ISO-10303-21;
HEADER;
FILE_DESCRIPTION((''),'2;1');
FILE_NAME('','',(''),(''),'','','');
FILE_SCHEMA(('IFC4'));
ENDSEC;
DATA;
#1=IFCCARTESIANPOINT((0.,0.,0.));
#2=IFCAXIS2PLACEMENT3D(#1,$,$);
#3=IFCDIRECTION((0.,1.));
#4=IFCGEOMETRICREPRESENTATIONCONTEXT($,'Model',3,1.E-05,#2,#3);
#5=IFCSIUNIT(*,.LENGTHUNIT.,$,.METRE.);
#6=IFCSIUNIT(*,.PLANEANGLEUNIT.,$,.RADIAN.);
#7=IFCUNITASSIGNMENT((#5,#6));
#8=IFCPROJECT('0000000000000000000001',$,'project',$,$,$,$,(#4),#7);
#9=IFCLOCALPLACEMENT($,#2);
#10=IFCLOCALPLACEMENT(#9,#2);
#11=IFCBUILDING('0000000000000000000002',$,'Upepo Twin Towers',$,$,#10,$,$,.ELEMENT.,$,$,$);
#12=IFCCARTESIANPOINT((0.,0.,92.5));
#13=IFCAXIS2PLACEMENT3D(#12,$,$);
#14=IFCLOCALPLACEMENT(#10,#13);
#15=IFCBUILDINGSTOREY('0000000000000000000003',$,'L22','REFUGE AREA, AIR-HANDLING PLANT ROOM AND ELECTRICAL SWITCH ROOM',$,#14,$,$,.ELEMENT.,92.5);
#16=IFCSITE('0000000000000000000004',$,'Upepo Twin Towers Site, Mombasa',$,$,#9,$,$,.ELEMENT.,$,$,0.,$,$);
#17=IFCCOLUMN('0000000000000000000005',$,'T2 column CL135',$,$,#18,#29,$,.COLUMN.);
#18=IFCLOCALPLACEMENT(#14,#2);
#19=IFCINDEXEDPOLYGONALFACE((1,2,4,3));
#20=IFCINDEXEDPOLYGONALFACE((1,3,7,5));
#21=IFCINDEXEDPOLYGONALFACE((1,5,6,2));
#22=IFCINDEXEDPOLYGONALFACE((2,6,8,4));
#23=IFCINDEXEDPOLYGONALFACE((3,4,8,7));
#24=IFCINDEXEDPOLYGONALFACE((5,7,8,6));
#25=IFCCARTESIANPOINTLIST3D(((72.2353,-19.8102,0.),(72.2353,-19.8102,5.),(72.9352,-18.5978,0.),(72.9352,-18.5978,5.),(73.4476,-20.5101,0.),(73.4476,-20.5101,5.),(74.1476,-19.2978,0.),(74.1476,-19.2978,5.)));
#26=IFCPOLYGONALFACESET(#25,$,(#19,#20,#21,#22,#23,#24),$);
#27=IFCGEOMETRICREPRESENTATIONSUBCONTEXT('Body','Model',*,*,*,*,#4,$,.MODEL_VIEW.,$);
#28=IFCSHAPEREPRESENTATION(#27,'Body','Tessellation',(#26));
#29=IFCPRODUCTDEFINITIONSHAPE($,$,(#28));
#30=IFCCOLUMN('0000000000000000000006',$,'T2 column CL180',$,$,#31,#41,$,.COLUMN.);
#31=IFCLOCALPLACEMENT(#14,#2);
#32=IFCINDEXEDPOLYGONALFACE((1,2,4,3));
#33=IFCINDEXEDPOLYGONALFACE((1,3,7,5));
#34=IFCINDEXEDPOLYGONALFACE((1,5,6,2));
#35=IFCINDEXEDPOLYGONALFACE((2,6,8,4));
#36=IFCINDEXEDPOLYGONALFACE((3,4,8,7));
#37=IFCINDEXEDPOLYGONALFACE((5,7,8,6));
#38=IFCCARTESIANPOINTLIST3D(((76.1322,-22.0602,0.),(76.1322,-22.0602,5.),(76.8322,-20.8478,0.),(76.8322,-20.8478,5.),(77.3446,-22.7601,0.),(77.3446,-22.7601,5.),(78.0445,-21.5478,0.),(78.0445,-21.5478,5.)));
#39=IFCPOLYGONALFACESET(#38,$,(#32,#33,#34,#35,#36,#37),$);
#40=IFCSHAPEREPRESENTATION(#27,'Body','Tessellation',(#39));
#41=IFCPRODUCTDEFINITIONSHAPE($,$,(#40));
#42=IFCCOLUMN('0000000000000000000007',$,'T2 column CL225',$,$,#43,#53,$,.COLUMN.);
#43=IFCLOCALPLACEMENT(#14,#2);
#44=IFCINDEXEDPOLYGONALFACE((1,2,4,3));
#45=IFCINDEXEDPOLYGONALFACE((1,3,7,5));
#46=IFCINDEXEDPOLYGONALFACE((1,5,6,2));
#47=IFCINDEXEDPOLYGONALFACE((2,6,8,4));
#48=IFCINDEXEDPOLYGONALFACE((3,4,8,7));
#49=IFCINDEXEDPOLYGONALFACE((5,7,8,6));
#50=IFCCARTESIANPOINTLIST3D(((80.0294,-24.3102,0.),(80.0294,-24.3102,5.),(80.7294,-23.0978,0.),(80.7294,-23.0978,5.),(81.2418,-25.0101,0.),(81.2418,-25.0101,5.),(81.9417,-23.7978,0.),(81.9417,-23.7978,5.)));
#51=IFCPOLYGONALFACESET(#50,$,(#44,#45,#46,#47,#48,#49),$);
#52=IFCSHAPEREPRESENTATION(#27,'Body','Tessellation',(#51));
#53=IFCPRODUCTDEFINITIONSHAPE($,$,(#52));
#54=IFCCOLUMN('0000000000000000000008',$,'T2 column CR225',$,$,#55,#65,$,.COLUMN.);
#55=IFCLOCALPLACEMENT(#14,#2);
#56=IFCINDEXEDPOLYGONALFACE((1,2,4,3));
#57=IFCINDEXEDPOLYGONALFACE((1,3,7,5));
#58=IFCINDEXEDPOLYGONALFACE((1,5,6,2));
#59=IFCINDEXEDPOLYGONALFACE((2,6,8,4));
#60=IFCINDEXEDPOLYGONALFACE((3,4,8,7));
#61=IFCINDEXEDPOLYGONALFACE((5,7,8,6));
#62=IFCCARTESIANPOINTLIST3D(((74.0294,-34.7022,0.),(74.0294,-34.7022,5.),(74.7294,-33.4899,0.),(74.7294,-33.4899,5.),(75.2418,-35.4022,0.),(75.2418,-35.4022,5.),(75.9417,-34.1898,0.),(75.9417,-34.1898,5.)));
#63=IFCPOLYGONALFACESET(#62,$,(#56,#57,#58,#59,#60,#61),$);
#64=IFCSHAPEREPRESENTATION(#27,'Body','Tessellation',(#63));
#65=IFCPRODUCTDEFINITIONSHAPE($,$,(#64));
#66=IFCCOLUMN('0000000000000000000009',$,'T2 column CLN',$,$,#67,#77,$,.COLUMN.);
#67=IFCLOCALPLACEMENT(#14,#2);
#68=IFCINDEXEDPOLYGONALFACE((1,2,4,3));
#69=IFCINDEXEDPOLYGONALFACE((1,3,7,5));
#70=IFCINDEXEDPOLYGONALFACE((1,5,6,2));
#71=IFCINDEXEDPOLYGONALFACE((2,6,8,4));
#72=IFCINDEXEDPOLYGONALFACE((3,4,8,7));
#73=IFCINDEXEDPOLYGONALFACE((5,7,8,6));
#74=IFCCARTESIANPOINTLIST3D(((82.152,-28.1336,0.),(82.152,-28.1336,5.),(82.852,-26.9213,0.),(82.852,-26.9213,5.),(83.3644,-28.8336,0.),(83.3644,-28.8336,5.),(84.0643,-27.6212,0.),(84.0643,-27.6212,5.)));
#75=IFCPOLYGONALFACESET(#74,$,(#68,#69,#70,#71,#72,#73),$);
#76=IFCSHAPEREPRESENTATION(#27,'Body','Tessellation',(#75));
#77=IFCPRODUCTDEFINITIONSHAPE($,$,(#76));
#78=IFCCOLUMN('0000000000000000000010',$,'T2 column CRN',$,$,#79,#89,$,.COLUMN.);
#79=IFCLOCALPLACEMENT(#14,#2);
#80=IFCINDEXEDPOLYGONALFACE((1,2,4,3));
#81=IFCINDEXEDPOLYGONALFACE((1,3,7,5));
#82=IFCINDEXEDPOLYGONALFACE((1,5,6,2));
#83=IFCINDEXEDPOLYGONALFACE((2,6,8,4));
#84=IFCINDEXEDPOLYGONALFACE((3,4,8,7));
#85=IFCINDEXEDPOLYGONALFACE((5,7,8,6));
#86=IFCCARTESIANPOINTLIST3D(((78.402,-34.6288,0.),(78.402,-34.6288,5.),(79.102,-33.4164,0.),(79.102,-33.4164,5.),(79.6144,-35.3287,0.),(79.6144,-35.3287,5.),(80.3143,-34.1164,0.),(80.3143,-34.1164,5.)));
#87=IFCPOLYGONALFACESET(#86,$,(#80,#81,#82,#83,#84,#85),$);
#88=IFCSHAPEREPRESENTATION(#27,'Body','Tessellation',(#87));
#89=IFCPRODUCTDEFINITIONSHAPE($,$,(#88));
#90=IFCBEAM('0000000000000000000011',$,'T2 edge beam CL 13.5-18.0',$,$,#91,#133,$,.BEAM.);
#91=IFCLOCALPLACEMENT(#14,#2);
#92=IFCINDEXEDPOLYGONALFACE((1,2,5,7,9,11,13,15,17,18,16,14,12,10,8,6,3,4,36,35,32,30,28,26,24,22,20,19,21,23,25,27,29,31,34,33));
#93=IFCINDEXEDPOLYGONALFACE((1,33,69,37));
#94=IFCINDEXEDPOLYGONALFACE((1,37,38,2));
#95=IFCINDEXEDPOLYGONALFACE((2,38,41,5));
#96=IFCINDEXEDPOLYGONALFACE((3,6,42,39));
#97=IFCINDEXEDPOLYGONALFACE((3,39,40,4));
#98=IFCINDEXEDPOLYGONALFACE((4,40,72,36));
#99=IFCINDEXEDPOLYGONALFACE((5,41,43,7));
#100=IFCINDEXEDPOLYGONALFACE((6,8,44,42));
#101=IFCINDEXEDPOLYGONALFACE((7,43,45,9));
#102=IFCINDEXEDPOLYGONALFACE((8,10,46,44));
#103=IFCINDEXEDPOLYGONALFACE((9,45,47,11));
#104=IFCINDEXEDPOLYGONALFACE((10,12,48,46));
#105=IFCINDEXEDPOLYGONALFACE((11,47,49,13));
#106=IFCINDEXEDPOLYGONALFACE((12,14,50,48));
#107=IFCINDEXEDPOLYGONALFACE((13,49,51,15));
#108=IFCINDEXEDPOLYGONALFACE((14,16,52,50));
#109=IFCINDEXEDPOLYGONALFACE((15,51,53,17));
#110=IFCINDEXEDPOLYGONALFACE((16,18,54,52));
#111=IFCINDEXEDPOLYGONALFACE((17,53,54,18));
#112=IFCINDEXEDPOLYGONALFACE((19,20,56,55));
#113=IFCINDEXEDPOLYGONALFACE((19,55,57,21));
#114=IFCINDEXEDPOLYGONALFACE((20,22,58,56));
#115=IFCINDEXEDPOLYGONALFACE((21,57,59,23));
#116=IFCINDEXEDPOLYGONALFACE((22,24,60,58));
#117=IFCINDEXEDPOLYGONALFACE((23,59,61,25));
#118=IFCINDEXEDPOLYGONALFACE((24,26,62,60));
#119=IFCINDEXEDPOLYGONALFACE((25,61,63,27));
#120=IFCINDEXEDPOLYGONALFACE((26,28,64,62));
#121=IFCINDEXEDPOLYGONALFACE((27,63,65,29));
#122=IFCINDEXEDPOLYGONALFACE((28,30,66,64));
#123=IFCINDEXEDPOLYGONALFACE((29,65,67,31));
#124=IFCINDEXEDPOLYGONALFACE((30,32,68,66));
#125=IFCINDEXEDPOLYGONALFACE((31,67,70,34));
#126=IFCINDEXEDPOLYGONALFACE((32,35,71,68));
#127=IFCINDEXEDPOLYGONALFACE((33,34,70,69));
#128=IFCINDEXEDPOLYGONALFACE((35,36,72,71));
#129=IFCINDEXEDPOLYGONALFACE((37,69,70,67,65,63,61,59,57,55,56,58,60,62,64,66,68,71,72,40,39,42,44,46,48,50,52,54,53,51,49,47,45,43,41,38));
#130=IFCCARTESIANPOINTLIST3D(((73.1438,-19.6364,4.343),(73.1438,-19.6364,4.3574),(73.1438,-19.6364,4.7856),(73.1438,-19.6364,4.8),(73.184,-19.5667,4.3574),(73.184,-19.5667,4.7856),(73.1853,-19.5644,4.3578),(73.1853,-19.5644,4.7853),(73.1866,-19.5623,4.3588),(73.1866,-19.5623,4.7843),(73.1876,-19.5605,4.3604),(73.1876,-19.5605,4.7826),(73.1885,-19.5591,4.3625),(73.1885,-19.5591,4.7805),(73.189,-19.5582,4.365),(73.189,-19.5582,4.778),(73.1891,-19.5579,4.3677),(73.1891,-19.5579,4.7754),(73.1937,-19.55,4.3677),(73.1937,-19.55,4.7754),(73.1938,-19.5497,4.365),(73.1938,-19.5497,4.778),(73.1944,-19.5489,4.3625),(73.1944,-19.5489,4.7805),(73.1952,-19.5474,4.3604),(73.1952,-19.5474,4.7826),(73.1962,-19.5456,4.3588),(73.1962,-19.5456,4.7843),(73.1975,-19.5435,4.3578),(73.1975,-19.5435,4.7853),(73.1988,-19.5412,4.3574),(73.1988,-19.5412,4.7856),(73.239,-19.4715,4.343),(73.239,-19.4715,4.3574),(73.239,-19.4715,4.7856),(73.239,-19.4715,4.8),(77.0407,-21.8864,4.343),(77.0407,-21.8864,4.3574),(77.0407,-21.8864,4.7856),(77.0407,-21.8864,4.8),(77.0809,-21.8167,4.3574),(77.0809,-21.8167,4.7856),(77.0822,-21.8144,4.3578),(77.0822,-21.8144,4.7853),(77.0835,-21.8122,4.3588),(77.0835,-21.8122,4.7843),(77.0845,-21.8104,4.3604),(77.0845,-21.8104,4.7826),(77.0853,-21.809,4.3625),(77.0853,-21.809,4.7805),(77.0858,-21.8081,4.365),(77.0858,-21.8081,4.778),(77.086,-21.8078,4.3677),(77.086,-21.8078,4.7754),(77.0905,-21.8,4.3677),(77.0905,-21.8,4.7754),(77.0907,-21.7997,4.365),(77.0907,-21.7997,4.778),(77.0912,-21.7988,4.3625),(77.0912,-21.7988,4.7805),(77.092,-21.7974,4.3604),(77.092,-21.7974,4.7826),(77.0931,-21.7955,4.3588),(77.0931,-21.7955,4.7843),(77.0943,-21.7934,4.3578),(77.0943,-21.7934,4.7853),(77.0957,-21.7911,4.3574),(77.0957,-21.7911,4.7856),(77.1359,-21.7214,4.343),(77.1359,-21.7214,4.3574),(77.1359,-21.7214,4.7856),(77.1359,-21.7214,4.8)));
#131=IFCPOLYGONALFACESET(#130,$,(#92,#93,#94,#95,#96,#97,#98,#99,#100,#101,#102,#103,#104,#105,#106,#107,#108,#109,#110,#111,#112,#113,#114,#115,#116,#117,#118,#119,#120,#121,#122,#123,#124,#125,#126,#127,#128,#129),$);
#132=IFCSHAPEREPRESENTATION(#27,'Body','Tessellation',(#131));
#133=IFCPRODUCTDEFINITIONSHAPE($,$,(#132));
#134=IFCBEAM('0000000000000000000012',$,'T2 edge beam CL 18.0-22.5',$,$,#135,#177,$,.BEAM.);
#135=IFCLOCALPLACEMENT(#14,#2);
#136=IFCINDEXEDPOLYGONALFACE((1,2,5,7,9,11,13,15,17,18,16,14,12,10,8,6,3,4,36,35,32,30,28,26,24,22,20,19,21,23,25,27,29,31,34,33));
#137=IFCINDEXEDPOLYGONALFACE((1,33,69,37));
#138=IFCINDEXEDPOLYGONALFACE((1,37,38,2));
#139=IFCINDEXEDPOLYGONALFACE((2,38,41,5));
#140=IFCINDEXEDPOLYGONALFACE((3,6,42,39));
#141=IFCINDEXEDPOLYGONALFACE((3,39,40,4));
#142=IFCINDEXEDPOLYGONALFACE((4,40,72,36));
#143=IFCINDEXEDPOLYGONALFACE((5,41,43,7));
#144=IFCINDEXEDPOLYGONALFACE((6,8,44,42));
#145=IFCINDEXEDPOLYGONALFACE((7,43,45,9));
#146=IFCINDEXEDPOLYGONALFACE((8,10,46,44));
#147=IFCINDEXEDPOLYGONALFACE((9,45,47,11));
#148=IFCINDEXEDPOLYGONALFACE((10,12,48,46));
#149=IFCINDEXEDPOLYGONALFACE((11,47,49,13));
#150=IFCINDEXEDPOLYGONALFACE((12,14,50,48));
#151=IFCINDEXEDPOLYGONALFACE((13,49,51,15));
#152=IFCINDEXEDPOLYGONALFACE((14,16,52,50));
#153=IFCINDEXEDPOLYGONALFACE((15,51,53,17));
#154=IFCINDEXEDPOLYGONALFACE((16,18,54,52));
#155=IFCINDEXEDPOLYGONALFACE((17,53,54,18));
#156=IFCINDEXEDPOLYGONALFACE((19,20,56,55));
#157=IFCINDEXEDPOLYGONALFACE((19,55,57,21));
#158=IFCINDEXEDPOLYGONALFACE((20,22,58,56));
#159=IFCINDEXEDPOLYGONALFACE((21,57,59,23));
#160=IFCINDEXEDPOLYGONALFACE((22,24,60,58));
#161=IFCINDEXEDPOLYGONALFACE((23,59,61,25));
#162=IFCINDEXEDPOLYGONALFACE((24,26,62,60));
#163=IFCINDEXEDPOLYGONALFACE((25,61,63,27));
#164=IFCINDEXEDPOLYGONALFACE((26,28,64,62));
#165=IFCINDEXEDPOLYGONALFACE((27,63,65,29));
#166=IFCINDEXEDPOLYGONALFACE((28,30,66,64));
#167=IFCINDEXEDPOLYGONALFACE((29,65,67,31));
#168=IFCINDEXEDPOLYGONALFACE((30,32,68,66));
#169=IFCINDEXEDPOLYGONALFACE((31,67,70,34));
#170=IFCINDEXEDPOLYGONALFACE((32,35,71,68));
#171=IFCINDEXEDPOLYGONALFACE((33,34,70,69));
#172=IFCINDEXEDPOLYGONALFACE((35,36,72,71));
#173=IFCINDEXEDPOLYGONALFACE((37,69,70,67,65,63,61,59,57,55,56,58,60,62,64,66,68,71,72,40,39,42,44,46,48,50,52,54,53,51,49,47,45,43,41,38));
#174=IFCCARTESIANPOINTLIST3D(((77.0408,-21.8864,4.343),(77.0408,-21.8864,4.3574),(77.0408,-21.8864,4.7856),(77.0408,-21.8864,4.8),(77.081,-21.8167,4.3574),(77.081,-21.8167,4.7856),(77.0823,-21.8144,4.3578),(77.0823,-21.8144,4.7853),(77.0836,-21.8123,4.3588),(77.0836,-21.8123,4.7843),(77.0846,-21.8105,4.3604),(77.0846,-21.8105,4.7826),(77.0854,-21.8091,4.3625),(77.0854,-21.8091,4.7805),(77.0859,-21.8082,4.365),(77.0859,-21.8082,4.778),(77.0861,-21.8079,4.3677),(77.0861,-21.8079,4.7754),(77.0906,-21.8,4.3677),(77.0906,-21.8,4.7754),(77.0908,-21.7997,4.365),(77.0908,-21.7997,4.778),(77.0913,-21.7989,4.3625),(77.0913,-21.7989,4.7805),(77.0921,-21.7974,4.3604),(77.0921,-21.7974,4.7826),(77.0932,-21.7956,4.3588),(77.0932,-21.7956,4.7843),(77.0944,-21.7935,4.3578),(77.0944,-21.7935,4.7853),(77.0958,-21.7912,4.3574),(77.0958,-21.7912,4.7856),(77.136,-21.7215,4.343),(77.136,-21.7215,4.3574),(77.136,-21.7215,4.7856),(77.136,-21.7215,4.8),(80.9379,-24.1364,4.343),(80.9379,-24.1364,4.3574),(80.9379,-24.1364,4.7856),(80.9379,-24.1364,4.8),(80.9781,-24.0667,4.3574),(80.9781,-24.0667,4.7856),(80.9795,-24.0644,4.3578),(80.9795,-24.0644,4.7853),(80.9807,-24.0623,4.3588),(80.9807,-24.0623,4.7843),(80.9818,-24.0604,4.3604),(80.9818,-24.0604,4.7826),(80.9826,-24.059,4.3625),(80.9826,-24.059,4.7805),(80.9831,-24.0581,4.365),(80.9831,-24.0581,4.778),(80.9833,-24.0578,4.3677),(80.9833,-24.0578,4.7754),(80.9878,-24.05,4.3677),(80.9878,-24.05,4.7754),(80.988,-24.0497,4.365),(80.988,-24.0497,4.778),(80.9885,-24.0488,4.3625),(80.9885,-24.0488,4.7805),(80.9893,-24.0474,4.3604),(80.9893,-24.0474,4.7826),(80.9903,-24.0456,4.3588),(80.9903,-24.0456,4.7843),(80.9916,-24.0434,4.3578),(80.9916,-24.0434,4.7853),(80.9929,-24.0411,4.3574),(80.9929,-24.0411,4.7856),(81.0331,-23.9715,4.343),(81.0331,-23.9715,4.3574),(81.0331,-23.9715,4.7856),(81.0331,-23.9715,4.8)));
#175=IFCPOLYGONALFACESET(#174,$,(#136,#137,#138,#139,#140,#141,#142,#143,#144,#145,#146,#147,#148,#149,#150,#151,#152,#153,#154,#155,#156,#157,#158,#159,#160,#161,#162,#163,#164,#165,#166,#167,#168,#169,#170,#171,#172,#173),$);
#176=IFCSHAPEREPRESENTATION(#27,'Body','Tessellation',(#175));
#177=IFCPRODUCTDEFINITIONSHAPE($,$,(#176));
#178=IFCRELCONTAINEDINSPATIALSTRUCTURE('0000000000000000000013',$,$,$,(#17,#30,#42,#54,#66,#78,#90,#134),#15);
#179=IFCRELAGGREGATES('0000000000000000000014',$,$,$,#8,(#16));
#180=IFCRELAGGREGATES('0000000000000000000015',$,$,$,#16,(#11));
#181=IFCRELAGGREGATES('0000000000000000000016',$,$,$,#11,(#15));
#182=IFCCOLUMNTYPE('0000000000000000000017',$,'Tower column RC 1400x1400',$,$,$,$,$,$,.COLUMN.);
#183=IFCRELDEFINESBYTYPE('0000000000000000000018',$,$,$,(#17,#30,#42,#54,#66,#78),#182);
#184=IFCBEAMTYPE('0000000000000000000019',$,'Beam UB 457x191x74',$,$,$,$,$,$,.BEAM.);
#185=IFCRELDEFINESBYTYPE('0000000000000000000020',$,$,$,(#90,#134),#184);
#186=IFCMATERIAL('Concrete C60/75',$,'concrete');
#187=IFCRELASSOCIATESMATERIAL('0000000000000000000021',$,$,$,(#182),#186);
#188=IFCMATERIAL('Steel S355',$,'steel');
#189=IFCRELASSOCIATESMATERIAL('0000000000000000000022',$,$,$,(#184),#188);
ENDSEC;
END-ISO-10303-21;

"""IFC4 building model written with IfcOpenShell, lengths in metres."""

from ifc_helpers import new_model, si_unit, direction, frame, origin, origin_2d, place, context, subcontext, project, spatial, rectangle, i_section, extrude, material, material_profile, profile_set, type_object, element, save


model = new_model("IFC4")

# Units and contexts
model_context = context("Model", 3, precision=1e-05, world=origin(), true_north=direction((0.0, 1.0)))
body_context = subcontext(model_context, "Body", "Model", "MODEL_VIEW")
ifc_project = project(units=[si_unit("LENGTHUNIT", "METRE"), si_unit("PLANEANGLEUNIT", "RADIAN")], contexts=[model_context])

# Site, building, storey
site_placement = place(None, origin())
site = spatial("IfcSite", under=ifc_project, at=site_placement, Name="Upepo Twin Towers Site, Mombasa", CompositionType="ELEMENT", RefElevation=0.0)
building_placement = place(site_placement, origin())
building = spatial("IfcBuilding", under=site, at=building_placement, Name="Upepo Twin Towers", CompositionType="ELEMENT")
storey_placement = place(building_placement, frame((0.0, 0.0, 92.5)))
storey = spatial("IfcBuildingStorey", under=building, at=storey_placement, Name="L22", Description="REFUGE AREA, AIR-HANDLING PLANT ROOM AND ELECTRICAL SWITCH ROOM", CompositionType="ELEMENT", Elevation=92.5)

# Columns
ifc_material_1 = material(Name="Concrete C60/75", Category="concrete")
ifc_material_profile_1 = material_profile(ifc_material_1, rectangle(XDim=1.3999, YDim=1.3999, at=origin_2d()), Name="RC 1400x1400")
ifc_profile_set_1 = profile_set([ifc_material_profile_1], Name="Concrete C60/75")
column_type = type_object("IfcColumnType", Name="Tower column RC 1400x1400", PredefinedType="COLUMN", material=ifc_profile_set_1)
for number, where, z_axis, x_axis, name in (
    (1, (73.1914, -19.554, 0.0), (0.0, 0.0, 1.0), (0.5, 0.866025, 0.0), "T2 column CL135"),
    (2, (77.0884, -21.804, 0.0), (0.0, 0.0, 1.0), (0.5, 0.866025, 0.0), "T2 column CL180"),
    (3, (80.9856, -24.054, 0.0), (0.0, 0.0, 1.0), (0.5, 0.866025, 0.0), "T2 column CL225"),
    (4, (74.9856, -34.446, 0.0), (0.0, 0.0, 1.0), (0.5, 0.866025, 0.0), "T2 column CR225"),
    (5, (83.1082, -27.8774, 0.0), (0.0, 0.0, 1.0), (0.5, 0.866025, 0.0), "T2 column CLN"),
    (6, (79.3582, -34.3726, 0.0), (0.0, 0.0, 1.0), (0.5, 0.866025, 0.0), "T2 column CRN"),
):
    element("IfcColumn", number, at=place(storey_placement, frame(where, z_axis=z_axis, x_axis=x_axis)), inside=storey, type_object=column_type, Name=name, PredefinedType="COLUMN", context=body_context, shape_type="SweptSolid", body=[
        extrude(rectangle(XDim=1.3999, YDim=1.3999, at=origin_2d()), origin(), (0.0, 0.0, 1.0), 5.0),
    ])

# Beams
ifc_material_2 = material(Name="Steel S355", Category="steel")
ifc_material_profile_2 = material_profile(ifc_material_2, i_section(OverallWidth=0.1904, OverallDepth=0.457, WebThickness=0.009, FlangeThickness=0.0144, FilletRadius=0.0103, at=origin_2d()), Name="UB 457x191x74")
ifc_profile_set_2 = profile_set([ifc_material_profile_2], Name="Steel S355")
beam_type_1 = type_object("IfcBeamType", Name="Beam UB 457x191x74", PredefinedType="BEAM", material=ifc_profile_set_2)
beam_1_placement = place(storey_placement, frame((73.1914, -19.554, 4.5715), z_axis=(0.866018, -0.500014, 0.0), x_axis=(0.500014, 0.866018, 0.0)))
element("IfcBeam", 7, at=beam_1_placement, inside=storey, type_object=beam_type_1, Name="T2 edge beam CL 13.5-18.0", PredefinedType="BEAM", context=body_context, shape_type="SweptSolid", body=[
    extrude(i_section(OverallWidth=0.1904, OverallDepth=0.457, WebThickness=0.009, FlangeThickness=0.0144, FilletRadius=0.0103, at=origin_2d()), origin(), (0.0, 0.0, 1.0), 4.4998),
])
beam_2_placement = place(storey_placement, frame((77.0884, -21.804, 4.5715), z_axis=(0.866031, -0.49999, 0.0), x_axis=(0.49999, 0.866031, 0.0)))
element("IfcBeam", 8, at=beam_2_placement, inside=storey, type_object=beam_type_1, Name="T2 edge beam CL 18.0-22.5", PredefinedType="BEAM", context=body_context, shape_type="SweptSolid", body=[
    extrude(i_section(OverallWidth=0.1904, OverallDepth=0.457, WebThickness=0.009, FlangeThickness=0.0144, FilletRadius=0.0103, at=origin_2d()), origin(), (0.0, 0.0, 1.0), 4.5),
])

save(model, "model.ifc")
